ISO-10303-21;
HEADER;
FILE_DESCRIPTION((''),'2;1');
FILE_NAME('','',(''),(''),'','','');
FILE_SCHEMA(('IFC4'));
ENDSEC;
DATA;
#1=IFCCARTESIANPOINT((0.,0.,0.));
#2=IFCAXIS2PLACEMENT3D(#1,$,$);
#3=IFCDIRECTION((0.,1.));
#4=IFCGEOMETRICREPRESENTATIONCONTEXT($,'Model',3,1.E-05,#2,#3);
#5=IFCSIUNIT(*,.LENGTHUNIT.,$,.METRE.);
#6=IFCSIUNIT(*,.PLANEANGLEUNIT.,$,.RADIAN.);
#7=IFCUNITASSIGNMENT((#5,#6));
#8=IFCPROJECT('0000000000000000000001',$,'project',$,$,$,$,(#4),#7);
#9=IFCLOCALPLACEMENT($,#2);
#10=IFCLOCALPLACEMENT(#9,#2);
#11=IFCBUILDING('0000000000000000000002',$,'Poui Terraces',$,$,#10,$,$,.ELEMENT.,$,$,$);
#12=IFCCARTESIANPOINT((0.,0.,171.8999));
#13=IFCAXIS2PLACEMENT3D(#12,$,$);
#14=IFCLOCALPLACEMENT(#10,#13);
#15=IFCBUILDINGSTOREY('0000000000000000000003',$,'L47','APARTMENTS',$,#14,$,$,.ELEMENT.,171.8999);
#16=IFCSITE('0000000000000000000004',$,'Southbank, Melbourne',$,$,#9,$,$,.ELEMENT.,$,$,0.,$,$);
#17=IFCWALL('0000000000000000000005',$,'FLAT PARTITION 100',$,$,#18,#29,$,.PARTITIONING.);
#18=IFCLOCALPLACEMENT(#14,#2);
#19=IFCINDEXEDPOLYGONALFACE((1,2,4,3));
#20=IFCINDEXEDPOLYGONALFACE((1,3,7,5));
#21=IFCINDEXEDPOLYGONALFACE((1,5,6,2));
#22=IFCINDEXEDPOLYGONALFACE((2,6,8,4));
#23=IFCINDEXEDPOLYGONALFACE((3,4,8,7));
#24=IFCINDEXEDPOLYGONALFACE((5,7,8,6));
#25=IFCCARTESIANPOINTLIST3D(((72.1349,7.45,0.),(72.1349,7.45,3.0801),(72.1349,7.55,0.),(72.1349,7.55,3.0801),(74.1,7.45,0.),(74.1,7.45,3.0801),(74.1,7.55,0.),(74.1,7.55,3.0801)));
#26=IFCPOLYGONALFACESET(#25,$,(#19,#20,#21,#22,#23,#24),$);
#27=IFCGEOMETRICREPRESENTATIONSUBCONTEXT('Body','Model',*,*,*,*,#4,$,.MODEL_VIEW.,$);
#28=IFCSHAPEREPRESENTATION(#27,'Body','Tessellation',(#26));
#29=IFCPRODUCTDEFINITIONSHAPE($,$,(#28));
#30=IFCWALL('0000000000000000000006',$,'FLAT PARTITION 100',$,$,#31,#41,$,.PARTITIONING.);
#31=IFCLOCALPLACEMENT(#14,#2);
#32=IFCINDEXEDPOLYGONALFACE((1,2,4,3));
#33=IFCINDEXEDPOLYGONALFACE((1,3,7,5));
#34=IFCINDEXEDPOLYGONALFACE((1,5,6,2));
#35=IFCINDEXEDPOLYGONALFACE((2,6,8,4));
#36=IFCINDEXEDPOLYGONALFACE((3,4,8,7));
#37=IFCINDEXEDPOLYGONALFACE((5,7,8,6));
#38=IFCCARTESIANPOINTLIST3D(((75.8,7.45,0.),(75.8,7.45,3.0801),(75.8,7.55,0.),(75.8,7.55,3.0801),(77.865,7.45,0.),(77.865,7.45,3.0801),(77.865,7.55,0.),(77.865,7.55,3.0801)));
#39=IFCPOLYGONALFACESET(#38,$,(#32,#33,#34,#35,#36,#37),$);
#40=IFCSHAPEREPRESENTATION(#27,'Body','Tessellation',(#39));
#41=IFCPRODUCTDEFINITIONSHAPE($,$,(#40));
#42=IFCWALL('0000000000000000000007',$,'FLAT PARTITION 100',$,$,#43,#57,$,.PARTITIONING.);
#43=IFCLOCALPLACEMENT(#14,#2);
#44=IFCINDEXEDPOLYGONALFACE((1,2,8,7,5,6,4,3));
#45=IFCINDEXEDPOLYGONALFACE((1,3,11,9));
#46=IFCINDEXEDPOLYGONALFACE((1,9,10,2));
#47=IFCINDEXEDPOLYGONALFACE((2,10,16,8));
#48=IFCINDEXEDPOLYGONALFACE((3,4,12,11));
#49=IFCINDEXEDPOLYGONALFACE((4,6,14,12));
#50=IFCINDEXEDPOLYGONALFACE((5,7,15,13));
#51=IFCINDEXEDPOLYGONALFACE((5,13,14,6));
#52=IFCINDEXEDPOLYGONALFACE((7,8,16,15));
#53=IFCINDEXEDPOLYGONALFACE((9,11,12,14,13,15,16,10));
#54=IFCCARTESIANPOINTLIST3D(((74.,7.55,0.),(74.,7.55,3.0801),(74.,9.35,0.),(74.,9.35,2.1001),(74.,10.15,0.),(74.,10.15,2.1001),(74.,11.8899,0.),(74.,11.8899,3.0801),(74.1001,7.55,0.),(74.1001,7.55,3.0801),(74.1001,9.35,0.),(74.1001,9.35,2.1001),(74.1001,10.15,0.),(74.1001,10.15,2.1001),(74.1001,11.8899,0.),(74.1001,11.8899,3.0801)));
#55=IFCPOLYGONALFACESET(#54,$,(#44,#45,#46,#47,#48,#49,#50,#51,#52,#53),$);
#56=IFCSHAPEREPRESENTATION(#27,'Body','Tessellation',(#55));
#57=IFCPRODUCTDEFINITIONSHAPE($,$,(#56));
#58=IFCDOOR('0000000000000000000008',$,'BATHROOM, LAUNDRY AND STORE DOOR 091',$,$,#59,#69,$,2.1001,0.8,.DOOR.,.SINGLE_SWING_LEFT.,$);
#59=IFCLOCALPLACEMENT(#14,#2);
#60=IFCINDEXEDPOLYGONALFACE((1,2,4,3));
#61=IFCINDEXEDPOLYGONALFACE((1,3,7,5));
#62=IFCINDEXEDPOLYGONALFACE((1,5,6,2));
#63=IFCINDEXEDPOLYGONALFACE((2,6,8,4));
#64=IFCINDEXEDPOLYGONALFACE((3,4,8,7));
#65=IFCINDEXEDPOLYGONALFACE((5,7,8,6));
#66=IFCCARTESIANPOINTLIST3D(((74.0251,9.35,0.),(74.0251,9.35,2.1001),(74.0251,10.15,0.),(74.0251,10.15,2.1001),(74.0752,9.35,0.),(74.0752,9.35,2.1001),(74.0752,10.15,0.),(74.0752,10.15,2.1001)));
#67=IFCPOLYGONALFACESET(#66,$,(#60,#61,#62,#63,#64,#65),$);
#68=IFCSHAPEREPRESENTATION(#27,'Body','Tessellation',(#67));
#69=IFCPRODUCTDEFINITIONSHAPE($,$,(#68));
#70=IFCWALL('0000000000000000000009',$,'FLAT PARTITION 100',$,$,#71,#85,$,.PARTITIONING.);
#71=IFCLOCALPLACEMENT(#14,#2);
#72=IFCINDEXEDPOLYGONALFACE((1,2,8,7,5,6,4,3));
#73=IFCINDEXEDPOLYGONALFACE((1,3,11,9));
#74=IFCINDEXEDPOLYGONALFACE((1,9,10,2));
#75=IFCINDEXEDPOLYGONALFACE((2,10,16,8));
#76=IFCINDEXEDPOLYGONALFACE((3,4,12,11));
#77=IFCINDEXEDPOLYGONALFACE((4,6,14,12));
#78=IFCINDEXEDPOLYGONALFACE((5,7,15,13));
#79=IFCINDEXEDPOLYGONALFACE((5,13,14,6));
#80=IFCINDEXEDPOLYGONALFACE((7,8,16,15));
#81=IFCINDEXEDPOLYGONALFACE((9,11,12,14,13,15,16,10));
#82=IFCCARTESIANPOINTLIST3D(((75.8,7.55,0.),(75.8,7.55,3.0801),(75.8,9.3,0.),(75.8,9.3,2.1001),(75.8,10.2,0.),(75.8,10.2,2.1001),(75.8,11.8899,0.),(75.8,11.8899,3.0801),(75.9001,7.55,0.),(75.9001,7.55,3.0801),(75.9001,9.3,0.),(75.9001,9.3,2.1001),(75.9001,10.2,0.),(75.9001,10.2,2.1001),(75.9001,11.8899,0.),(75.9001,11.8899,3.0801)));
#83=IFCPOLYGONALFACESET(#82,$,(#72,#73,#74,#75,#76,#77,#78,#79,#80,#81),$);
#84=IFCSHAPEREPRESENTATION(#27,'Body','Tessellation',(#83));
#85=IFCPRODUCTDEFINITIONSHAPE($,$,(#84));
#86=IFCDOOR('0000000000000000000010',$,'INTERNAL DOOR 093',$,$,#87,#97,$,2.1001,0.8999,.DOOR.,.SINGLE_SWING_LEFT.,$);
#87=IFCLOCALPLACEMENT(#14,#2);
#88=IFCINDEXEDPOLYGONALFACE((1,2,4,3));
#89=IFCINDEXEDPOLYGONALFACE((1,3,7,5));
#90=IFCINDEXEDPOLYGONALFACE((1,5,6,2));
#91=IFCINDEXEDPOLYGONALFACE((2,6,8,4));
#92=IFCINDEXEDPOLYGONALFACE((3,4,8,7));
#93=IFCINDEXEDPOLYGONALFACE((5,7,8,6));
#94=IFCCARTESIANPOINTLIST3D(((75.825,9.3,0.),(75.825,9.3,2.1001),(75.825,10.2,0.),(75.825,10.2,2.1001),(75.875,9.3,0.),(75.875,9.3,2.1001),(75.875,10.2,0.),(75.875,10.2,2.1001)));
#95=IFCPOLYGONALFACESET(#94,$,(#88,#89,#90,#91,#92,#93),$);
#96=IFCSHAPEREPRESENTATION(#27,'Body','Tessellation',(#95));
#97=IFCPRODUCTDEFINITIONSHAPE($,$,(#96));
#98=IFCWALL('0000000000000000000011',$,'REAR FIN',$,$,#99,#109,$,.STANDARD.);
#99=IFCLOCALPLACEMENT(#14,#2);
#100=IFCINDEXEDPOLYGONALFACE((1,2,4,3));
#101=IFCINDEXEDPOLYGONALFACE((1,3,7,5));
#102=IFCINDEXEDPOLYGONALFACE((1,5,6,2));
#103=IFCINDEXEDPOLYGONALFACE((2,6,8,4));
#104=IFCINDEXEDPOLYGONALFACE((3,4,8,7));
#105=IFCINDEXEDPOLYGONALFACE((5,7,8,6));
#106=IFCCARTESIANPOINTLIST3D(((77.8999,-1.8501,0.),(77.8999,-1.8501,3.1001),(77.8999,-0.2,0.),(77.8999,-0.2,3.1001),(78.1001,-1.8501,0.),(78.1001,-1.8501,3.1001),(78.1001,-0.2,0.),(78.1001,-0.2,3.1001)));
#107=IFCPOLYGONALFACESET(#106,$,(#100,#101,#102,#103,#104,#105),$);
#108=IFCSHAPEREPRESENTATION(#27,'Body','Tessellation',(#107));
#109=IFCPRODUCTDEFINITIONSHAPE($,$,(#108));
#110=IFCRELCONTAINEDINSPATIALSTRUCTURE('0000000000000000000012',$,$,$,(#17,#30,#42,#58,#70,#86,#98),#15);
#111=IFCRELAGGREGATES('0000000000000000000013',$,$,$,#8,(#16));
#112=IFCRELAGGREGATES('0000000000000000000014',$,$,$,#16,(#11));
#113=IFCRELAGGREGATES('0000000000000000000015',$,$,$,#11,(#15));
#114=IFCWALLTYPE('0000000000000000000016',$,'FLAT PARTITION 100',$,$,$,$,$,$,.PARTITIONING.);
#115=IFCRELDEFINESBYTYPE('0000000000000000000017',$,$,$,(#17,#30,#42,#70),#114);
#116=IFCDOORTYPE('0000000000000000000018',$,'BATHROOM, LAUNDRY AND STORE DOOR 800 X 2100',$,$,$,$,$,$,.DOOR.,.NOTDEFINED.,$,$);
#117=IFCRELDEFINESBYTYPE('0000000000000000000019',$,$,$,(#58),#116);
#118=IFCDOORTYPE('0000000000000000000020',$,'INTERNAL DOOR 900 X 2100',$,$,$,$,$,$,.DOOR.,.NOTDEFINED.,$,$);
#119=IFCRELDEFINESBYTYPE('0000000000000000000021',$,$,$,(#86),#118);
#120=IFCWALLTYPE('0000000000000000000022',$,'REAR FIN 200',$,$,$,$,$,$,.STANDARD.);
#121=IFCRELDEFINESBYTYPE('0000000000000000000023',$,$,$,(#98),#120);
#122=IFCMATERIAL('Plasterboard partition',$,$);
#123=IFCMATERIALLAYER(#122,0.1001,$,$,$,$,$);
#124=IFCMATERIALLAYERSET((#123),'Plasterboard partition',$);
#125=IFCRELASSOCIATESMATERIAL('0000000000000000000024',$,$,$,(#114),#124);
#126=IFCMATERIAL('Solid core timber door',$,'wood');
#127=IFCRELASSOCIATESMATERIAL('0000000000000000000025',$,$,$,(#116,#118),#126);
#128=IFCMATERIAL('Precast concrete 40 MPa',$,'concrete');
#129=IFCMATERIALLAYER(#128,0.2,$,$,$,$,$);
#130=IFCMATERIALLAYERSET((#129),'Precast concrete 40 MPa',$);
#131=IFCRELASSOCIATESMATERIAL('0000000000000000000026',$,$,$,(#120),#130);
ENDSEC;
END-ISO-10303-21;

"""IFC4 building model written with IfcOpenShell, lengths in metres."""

from ifc_helpers import new_model, si_unit, direction, frame, frame_2d, origin, place, context, subcontext, project, spatial, polyline, rectangle, outline, extrude, source, transform, mapped, material, layer, layer_set, type_object, element, fill, save


model = new_model("IFC4")

# Units and contexts
model_context = context("Model", 3, precision=1e-05, world=origin(), true_north=direction((0.0, 1.0)))
body_context = subcontext(model_context, "Body", "Model", "MODEL_VIEW")
ifc_project = project(units=[si_unit("LENGTHUNIT", "METRE"), si_unit("PLANEANGLEUNIT", "RADIAN")], contexts=[model_context])

# Site, building, storey
site_placement = place(None, origin())
site = spatial("IfcSite", under=ifc_project, at=site_placement, Name="Southbank, Melbourne", CompositionType="ELEMENT", RefElevation=0.0)
building_placement = place(site_placement, origin())
building = spatial("IfcBuilding", under=site, at=building_placement, Name="Poui Terraces", CompositionType="ELEMENT")
storey_placement = place(building_placement, frame((0.0, 0.0, 171.8999)))
storey = spatial("IfcBuildingStorey", under=building, at=storey_placement, Name="L47", Description="APARTMENTS", CompositionType="ELEMENT", Elevation=171.8999)

# Shared definitions
ifc_material_1 = material(Name="Solid core timber door", Category="wood")

# Walls
ifc_material_2 = material(Name="Plasterboard partition")
ifc_layer_1 = layer(ifc_material_2, 0.1001)
ifc_layer_set_1 = layer_set([ifc_layer_1], Name="Plasterboard partition")
wall_type_1 = type_object("IfcWallType", Name="FLAT PARTITION 100", PredefinedType="PARTITIONING", material=ifc_layer_set_1)
wall_1_placement = place(storey_placement, frame((72.135, 7.5, 0.0), z_axis=(0.0, 0.0, 1.0), x_axis=(1.0, 0.0, 0.0)))
element("IfcWall", 1, at=wall_1_placement, inside=storey, type_object=wall_type_1, Name="FLAT PARTITION 100", PredefinedType="PARTITIONING", context=body_context, shape_type="SweptSolid", body=[
    extrude(rectangle(XDim=1.9651, YDim=0.1001, at=frame_2d((0.9824, 0.0))), origin(), (0.0, 0.0, 1.0), 3.0801),
])
wall_2_placement = place(storey_placement, frame((75.8, 7.5, 0.0), z_axis=(0.0, 0.0, 1.0), x_axis=(1.0, 0.0, 0.0)))
element("IfcWall", 2, at=wall_2_placement, inside=storey, type_object=wall_type_1, Name="FLAT PARTITION 100", PredefinedType="PARTITIONING", context=body_context, shape_type="SweptSolid", body=[
    extrude(rectangle(XDim=2.0649, YDim=0.1001, at=frame_2d((1.0325, 0.0))), origin(), (0.0, 0.0, 1.0), 3.0801),
])

# Walls, openings, doors
wall_3_placement = place(storey_placement, frame((74.05, 7.55, 0.0), z_axis=(0.0, 0.0, 1.0), x_axis=(0.0, 1.0, 0.0)))
wall_3 = element("IfcWall", 3, at=wall_3_placement, inside=storey, type_object=wall_type_1, Name="FLAT PARTITION 100", PredefinedType="PARTITIONING", context=body_context, shape_type="SweptSolid", body=[
    extrude(rectangle(XDim=4.3398, YDim=0.1001, at=frame_2d((2.1699, 0.0))), origin(), (0.0, 0.0, 1.0), 3.0801),
])
opening_1_placement = place(wall_3_placement, frame((1.8, 0.0, 0.0)))
opening_1 = element("IfcOpeningElement", 4, at=opening_1_placement, cuts=wall_3, PredefinedType="OPENING", context=body_context, shape_type="SweptSolid", body=[
    extrude(rectangle(XDim=0.8, YDim=2.1001, at=frame_2d((0.3999, 1.05))), frame((0.0, 0.0601, 0.0), z_axis=(0.0, -1.0, 0.0), x_axis=(1.0, 0.0, 0.0)), (0.0, 0.0, 1.0), 0.1201),
])
door_type_1 = type_object("IfcDoorType", Name="BATHROOM, LAUNDRY AND STORE DOOR 800 X 2100", OperationType="NOTDEFINED", PredefinedType="DOOR", material=ifc_material_1)
door_1_placement = place(opening_1_placement, origin())
door_1 = element("IfcDoor", 5, at=door_1_placement, inside=storey, type_object=door_type_1, Name="BATHROOM, LAUNDRY AND STORE DOOR 091", OperationType="SINGLE_SWING_LEFT", OverallHeight=2.1001, OverallWidth=0.8, PredefinedType="DOOR", context=body_context, shape_type="SweptSolid", body=[
    extrude(rectangle(XDim=0.8, YDim=2.1001, at=frame_2d((0.3999, 1.05))), frame((0.0, 0.0249, 0.0), z_axis=(0.0, -1.0, 0.0), x_axis=(1.0, 0.0, 0.0)), (0.0, 0.0, 1.0), 0.05),
])
fill(opening_1, door_1)
wall_4_placement = place(storey_placement, frame((75.8501, 7.55, 0.0), z_axis=(0.0, 0.0, 1.0), x_axis=(0.0, 1.0, 0.0)))
wall_4 = element("IfcWall", 6, at=wall_4_placement, inside=storey, type_object=wall_type_1, Name="FLAT PARTITION 100", PredefinedType="PARTITIONING", context=body_context, shape_type="SweptSolid", body=[
    extrude(rectangle(XDim=4.3398, YDim=0.1001, at=frame_2d((2.1699, 0.0))), origin(), (0.0, 0.0, 1.0), 3.0801),
])
opening_2_placement = place(wall_4_placement, frame((1.75, 0.0, 0.0)))
opening_2 = element("IfcOpeningElement", 7, at=opening_2_placement, cuts=wall_4, PredefinedType="OPENING", context=body_context, shape_type="SweptSolid", body=[
    extrude(rectangle(XDim=0.8999, YDim=2.1001, at=frame_2d((0.45, 1.05))), frame((0.0, 0.0601, 0.0), z_axis=(0.0, -1.0, 0.0), x_axis=(1.0, 0.0, 0.0)), (0.0, 0.0, 1.0), 0.1201),
])
door_type_2 = type_object("IfcDoorType", Name="INTERNAL DOOR 900 X 2100", OperationType="NOTDEFINED", PredefinedType="DOOR", material=ifc_material_1)
door_2_placement = place(opening_2_placement, frame((0.8999, 0.0, 0.0), z_axis=(0.0, 0.0, 1.0), x_axis=(-1.0, 0.0, 0.0)))
door_2 = element("IfcDoor", 8, at=door_2_placement, inside=storey, type_object=door_type_2, Name="INTERNAL DOOR 093", OperationType="SINGLE_SWING_LEFT", OverallHeight=2.1001, OverallWidth=0.8999, PredefinedType="DOOR", context=body_context, shape_type="SweptSolid", body=[
    extrude(rectangle(XDim=0.8999, YDim=2.1001, at=frame_2d((0.45, 1.05))), frame((0.0, 0.0249, 0.0), z_axis=(0.0, -1.0, 0.0), x_axis=(1.0, 0.0, 0.0)), (0.0, 0.0, 1.0), 0.05),
])
fill(opening_2, door_2)

# Wall
ifc_material_3 = material(Name="Precast concrete 40 MPa", Category="concrete")
ifc_layer_2 = layer(ifc_material_3, 0.2)
ifc_layer_set_2 = layer_set([ifc_layer_2], Name="Precast concrete 40 MPa")
wall_type_2 = type_object("IfcWallType", Name="REAR FIN 200", PredefinedType="STANDARD", material=ifc_layer_set_2)
shared_shape_1 = source(origin(), body_context, "Body", "SweptSolid", [
    extrude(outline(polyline([(0.0, 0.0), (0.2002, 0.0), (0.2002, 1.6501), (0.0, 1.6501), (0.0, 0.0)])), origin(), (0.0, 0.0, 1.0), 3.1001),
])
wall_5_placement = place(storey_placement, frame((77.8999, -1.8501, 0.0)))
element("IfcWall", 9, at=wall_5_placement, inside=storey, type_object=wall_type_2, Name="REAR FIN", PredefinedType="STANDARD", context=body_context, shape_type="MappedRepresentation", body=[
    mapped(shared_shape_1, transform((0.0, 0.0, 0.0))),
])

save(model, "model.ifc")
